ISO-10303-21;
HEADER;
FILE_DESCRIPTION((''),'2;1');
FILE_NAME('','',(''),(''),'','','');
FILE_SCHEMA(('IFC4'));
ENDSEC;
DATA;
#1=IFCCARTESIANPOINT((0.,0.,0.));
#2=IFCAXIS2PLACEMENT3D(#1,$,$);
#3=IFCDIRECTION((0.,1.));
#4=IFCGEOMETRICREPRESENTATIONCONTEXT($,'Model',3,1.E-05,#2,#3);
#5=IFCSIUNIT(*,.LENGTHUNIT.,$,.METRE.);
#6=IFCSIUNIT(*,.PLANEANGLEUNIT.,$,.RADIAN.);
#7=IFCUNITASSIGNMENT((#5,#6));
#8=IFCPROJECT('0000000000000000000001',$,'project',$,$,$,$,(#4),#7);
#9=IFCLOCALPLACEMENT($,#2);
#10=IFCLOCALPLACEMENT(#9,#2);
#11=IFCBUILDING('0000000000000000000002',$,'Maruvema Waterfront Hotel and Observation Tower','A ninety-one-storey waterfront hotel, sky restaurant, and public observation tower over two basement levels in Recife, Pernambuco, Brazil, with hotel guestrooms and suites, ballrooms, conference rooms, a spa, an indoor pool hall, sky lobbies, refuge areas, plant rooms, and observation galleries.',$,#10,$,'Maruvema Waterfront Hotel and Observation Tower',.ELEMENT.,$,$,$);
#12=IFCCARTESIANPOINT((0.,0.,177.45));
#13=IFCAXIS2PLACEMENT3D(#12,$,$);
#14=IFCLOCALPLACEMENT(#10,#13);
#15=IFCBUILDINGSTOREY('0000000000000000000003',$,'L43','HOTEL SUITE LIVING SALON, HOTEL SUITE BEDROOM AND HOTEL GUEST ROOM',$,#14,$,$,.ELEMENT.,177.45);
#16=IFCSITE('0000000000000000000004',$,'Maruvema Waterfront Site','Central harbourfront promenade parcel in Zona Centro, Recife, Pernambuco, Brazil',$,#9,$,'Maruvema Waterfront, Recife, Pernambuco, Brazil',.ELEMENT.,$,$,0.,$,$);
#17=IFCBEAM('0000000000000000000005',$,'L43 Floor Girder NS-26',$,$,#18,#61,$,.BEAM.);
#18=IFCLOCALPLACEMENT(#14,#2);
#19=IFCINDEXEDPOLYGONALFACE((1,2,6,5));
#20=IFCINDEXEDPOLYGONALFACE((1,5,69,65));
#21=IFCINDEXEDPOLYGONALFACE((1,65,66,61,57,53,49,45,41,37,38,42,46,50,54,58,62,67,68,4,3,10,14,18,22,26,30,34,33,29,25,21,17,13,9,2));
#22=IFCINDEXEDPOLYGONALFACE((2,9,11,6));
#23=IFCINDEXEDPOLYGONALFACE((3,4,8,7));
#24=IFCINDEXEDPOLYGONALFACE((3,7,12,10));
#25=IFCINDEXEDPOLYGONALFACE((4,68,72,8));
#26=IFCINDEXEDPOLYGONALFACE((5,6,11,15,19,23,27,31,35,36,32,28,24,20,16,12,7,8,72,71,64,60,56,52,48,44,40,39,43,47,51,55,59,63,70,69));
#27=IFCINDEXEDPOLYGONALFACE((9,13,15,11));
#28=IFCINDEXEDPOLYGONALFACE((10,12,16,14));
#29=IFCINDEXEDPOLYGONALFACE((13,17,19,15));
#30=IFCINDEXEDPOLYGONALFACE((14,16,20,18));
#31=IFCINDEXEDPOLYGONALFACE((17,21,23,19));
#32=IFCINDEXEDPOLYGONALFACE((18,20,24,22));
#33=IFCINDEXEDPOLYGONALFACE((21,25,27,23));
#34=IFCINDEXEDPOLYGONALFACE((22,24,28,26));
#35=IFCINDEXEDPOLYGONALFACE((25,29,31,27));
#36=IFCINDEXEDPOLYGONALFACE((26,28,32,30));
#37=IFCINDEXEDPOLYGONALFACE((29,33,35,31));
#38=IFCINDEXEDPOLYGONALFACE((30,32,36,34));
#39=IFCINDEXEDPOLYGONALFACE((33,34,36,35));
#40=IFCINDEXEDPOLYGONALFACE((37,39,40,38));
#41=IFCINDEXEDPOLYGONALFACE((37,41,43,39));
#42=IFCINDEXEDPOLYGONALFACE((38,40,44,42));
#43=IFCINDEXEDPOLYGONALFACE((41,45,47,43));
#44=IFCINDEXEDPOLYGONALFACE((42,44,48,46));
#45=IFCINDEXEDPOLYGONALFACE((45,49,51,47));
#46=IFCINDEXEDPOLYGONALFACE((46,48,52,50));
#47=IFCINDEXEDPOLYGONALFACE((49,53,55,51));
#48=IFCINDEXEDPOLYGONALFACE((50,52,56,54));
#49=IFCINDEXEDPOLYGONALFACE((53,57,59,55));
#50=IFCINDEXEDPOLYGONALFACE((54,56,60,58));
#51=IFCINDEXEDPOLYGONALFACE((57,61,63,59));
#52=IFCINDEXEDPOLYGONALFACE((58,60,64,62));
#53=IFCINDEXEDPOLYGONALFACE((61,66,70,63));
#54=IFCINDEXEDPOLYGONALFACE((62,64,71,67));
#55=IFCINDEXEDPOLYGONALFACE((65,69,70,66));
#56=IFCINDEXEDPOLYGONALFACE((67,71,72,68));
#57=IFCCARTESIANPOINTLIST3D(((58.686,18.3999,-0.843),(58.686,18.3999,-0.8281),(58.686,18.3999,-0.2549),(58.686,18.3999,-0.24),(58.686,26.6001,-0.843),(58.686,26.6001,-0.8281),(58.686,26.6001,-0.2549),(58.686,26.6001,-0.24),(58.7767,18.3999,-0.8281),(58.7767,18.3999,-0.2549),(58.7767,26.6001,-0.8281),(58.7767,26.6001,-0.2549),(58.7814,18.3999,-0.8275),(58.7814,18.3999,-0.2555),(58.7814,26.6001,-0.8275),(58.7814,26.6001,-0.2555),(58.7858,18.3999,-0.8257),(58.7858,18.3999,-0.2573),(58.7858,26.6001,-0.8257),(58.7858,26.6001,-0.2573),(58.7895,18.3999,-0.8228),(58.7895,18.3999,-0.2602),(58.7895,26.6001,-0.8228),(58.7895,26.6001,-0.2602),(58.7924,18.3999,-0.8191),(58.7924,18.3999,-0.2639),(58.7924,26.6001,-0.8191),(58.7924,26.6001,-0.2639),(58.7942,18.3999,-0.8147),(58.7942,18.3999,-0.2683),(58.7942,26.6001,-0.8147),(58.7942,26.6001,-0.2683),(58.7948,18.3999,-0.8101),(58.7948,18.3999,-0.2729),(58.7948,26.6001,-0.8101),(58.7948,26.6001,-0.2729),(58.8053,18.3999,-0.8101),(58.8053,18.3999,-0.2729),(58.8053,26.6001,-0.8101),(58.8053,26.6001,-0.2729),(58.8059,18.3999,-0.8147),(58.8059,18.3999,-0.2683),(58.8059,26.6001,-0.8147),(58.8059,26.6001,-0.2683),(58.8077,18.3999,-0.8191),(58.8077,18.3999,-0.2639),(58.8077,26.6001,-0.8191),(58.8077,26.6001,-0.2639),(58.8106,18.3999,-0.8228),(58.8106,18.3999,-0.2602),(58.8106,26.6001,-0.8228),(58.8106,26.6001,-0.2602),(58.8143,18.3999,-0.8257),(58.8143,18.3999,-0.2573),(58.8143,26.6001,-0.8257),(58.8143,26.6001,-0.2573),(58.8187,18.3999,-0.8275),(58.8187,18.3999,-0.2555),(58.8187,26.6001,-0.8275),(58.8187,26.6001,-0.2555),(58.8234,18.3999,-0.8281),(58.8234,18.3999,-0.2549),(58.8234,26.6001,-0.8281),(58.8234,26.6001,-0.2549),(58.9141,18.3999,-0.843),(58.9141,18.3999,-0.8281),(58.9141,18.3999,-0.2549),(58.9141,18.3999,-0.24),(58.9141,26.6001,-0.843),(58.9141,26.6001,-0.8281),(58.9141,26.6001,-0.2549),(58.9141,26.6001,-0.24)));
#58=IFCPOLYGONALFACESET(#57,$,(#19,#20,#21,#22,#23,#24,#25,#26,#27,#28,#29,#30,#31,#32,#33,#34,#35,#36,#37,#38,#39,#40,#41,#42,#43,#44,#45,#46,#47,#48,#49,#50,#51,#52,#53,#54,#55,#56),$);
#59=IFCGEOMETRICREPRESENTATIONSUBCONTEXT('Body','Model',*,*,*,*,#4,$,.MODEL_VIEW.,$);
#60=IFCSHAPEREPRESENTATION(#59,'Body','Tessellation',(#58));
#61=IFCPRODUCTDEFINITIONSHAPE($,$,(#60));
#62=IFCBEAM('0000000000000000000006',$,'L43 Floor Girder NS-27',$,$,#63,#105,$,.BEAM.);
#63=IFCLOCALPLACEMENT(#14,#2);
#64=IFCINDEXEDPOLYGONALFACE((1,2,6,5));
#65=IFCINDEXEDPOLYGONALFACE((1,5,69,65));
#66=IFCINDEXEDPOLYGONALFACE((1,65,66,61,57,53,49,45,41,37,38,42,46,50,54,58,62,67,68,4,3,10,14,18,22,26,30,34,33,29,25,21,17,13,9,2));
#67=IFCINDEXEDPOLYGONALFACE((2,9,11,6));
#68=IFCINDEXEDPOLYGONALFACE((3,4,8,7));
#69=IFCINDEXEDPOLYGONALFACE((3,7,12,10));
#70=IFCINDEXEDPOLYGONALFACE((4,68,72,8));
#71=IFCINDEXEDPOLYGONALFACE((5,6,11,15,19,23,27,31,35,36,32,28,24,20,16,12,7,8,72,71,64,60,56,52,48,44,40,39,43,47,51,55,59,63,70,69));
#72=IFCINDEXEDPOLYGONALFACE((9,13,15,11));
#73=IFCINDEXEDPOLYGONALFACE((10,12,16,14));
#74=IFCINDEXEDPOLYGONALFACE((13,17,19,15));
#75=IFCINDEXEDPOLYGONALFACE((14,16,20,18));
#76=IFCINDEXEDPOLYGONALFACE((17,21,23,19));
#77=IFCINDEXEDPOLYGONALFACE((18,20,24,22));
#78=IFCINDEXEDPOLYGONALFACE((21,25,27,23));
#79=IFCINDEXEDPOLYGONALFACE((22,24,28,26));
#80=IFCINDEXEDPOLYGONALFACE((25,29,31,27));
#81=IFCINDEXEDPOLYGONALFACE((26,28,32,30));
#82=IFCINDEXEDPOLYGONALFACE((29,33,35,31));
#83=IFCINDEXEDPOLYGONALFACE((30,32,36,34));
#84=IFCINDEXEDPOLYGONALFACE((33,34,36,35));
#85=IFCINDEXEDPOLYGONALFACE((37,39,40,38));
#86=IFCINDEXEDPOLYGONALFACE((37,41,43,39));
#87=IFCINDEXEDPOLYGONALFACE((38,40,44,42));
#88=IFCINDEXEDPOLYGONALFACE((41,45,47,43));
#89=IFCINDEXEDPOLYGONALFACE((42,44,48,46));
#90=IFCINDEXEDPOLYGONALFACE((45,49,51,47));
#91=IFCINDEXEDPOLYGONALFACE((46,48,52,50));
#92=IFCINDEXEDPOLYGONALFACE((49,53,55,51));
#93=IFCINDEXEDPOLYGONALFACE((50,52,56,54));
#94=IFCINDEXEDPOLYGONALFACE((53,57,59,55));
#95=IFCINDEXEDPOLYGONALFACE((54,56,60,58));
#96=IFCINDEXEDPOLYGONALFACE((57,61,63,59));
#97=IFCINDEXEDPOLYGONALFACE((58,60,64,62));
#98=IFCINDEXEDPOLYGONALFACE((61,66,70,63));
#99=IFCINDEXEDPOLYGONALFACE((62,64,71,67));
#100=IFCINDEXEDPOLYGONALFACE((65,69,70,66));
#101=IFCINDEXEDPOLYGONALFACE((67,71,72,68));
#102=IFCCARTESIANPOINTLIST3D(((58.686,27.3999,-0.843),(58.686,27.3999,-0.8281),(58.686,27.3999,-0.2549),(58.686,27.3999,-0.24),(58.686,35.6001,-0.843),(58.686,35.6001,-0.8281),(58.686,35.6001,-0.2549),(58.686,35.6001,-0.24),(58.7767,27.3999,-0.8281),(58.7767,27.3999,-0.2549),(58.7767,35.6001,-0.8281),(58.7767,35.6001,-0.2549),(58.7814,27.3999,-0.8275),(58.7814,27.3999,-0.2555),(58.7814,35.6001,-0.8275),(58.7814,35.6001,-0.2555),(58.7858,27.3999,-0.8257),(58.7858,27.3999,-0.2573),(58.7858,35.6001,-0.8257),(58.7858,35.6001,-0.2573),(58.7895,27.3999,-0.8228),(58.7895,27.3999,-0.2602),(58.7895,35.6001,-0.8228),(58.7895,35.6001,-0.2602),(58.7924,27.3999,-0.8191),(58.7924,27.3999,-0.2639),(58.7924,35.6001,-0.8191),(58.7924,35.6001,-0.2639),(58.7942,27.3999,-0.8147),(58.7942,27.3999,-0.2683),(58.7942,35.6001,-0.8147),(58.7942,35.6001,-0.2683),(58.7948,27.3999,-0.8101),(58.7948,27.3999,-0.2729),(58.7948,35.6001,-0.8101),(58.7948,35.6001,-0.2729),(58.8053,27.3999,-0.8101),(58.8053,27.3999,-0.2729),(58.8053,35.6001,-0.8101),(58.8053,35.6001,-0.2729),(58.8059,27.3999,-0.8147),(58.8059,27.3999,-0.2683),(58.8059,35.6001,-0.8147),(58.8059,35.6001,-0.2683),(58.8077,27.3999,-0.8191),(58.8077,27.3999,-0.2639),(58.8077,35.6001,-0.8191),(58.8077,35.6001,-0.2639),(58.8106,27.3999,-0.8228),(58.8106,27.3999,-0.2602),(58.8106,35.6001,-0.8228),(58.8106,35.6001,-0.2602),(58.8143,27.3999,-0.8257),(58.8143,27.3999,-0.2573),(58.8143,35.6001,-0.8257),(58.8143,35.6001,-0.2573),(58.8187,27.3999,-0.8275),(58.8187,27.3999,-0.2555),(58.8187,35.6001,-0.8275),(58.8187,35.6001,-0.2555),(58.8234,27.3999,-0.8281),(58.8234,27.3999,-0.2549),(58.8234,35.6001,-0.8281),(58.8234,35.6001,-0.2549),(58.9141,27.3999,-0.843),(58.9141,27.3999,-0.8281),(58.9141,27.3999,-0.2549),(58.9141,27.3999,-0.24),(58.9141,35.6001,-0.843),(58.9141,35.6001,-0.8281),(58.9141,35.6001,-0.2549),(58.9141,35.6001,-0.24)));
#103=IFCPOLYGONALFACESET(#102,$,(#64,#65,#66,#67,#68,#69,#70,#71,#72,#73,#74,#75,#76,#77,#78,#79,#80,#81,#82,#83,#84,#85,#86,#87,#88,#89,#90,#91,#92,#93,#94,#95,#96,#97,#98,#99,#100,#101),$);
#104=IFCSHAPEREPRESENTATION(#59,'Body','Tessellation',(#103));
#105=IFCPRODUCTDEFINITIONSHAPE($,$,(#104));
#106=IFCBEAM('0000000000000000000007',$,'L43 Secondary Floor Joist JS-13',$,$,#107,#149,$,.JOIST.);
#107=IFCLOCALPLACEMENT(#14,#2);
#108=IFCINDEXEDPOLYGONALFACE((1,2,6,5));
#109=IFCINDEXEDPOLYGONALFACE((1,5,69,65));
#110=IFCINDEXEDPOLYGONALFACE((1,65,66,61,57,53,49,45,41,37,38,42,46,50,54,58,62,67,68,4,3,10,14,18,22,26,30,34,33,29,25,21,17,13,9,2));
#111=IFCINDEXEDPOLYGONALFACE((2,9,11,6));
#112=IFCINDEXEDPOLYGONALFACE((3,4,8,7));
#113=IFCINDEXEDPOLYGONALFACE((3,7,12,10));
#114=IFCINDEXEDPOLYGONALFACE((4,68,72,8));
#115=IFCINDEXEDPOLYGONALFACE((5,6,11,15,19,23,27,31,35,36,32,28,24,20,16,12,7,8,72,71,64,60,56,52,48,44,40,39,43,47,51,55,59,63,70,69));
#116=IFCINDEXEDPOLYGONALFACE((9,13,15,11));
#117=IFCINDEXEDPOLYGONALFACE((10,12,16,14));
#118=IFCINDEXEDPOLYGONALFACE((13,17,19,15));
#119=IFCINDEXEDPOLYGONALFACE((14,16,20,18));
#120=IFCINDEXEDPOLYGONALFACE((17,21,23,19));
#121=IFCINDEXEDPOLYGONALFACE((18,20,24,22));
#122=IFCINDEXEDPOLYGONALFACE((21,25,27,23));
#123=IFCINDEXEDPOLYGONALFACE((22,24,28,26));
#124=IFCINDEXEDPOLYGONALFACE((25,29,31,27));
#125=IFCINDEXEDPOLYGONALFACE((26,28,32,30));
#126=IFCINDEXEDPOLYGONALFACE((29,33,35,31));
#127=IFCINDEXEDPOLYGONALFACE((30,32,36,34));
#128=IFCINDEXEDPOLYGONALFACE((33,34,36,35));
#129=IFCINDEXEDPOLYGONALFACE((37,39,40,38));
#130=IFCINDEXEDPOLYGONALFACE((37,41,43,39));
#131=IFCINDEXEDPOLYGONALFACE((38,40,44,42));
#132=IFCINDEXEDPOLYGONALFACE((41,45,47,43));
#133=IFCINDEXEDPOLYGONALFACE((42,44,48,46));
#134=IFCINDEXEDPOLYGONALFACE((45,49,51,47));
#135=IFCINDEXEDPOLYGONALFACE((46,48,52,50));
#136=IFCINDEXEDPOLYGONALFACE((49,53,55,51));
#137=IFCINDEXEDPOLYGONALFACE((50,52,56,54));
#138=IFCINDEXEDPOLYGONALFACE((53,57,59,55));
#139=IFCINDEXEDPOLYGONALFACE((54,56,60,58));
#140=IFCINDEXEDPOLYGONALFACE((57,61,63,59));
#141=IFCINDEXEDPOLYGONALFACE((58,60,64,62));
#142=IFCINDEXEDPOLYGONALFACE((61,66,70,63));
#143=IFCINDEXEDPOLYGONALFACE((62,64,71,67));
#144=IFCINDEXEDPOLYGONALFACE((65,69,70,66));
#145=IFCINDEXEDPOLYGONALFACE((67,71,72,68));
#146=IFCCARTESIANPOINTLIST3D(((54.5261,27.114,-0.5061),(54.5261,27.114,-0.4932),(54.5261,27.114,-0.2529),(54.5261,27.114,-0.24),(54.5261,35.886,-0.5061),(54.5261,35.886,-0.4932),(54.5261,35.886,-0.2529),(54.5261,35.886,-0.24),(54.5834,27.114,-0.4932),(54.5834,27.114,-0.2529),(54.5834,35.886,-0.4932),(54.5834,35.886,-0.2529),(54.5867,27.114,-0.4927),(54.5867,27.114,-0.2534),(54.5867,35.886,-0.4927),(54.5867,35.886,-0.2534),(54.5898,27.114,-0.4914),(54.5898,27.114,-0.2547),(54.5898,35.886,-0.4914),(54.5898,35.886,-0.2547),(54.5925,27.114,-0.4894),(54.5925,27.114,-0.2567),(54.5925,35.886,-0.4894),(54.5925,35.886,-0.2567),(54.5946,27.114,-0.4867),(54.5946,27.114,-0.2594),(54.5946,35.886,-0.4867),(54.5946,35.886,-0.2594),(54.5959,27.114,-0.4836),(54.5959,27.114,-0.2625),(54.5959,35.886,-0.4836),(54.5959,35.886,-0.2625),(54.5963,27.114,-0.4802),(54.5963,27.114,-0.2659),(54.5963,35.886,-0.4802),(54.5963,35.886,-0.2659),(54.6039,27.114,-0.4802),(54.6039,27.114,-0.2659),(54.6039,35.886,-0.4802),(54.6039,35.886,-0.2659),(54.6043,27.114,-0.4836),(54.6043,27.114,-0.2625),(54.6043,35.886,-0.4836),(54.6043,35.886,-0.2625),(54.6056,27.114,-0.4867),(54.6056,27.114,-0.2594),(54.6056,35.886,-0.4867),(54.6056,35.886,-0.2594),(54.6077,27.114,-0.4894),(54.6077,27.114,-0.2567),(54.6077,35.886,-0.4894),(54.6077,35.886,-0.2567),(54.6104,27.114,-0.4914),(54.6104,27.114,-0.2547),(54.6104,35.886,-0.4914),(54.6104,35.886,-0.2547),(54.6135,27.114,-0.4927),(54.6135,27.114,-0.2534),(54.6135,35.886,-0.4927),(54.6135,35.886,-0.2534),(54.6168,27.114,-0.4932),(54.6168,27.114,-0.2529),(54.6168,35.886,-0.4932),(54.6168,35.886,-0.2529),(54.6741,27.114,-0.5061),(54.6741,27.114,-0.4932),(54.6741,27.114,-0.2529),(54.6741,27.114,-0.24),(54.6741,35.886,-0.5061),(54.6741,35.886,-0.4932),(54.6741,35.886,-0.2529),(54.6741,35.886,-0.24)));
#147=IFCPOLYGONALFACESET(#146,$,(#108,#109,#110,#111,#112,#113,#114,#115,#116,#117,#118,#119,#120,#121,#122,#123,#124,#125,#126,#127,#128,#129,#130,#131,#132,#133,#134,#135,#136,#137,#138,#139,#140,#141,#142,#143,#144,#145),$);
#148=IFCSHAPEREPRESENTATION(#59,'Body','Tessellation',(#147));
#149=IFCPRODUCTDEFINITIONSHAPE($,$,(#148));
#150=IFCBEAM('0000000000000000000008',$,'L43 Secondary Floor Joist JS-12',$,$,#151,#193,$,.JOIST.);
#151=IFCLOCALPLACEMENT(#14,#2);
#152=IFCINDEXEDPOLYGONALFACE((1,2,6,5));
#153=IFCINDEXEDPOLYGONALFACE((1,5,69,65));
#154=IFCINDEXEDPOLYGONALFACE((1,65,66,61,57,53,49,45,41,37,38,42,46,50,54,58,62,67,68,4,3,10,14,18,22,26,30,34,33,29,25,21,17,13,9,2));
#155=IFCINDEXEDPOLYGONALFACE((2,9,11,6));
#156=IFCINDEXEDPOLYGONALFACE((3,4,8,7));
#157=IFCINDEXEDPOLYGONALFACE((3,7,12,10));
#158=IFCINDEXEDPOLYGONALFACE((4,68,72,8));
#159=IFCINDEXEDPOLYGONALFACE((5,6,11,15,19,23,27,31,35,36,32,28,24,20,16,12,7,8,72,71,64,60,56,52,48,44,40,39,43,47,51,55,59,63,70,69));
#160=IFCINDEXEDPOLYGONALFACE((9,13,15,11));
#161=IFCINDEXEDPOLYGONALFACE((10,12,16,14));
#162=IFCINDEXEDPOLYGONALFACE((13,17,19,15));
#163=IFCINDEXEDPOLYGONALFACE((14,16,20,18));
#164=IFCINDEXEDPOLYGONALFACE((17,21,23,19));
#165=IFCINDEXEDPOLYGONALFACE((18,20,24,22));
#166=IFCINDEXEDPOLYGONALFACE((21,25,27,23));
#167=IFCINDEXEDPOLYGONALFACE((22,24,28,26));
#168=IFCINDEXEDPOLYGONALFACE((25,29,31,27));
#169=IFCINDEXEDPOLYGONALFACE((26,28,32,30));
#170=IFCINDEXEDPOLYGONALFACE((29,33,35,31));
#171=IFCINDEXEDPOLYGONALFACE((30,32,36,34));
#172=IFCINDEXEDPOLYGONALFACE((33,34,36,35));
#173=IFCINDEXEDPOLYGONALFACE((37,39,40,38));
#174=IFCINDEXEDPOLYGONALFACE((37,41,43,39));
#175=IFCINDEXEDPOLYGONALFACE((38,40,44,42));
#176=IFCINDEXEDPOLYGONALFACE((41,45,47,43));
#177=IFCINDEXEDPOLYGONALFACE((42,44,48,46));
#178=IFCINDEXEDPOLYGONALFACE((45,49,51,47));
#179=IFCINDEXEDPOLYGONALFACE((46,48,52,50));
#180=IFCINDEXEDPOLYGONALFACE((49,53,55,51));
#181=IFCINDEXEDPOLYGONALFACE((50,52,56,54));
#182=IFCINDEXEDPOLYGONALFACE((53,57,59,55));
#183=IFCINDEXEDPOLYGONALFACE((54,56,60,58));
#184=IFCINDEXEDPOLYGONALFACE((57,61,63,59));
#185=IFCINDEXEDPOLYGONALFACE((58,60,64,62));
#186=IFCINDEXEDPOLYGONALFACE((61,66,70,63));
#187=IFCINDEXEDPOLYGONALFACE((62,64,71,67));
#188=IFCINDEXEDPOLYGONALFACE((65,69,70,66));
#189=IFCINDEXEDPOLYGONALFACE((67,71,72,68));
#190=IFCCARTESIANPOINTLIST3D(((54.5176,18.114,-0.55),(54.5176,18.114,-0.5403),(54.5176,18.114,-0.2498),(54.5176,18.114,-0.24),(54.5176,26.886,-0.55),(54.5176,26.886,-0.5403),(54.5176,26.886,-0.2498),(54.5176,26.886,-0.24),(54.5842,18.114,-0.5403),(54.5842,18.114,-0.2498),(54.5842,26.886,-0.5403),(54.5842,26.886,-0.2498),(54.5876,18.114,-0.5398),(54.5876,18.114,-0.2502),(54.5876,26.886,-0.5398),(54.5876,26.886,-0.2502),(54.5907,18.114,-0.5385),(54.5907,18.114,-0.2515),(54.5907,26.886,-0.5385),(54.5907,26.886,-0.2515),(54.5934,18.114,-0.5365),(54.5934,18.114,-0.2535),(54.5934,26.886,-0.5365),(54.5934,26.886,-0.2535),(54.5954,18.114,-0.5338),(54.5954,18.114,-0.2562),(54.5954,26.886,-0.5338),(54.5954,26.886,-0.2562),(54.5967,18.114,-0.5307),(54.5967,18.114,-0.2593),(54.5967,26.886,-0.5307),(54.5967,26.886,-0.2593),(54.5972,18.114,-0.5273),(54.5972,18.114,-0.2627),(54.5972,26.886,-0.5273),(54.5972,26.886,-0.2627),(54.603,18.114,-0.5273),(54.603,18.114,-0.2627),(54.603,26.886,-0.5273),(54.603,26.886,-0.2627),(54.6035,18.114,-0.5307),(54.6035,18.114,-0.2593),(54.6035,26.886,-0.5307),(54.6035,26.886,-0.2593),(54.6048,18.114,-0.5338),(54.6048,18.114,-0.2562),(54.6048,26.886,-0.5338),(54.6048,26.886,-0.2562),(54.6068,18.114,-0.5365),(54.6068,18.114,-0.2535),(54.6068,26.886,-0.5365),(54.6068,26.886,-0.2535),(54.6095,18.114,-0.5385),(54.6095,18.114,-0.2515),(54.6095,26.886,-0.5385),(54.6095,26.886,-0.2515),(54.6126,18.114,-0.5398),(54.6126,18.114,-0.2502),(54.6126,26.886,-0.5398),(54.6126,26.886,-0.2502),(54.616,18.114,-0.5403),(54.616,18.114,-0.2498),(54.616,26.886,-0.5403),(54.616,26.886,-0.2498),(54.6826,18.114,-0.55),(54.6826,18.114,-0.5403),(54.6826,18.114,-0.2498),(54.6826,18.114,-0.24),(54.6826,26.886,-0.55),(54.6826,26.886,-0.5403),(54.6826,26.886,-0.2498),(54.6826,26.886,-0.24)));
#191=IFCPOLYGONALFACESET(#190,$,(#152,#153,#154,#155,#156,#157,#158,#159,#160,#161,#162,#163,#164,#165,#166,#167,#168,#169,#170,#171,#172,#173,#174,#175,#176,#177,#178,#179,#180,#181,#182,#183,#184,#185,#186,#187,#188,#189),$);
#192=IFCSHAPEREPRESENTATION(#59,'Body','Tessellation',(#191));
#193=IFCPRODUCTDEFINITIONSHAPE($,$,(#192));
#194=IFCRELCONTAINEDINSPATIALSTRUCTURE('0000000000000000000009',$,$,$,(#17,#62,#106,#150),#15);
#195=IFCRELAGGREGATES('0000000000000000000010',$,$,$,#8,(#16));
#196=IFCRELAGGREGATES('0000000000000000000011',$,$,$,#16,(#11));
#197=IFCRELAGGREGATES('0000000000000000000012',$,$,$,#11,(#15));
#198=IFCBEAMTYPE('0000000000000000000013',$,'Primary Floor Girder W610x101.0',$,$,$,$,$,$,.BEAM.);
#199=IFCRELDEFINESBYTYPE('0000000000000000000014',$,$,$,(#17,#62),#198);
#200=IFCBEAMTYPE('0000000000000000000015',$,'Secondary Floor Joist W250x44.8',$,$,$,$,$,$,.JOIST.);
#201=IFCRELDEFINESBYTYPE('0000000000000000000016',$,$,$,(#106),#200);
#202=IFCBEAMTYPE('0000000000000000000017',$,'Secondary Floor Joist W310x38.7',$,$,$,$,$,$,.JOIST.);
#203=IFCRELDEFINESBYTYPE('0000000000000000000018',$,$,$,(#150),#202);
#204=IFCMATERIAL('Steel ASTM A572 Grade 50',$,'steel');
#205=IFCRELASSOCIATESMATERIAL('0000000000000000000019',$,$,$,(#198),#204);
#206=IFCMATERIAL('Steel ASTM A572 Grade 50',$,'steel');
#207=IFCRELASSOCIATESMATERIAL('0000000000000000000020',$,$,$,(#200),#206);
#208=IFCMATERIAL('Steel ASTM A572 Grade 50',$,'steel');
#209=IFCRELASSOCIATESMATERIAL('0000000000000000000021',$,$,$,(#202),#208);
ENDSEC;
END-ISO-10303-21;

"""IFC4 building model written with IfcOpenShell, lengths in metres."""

from ifc_helpers import new_model, si_unit, direction, frame, origin, origin_2d, place, context, subcontext, project, spatial, i_section, extrude, material, material_profile, profile_set, type_object, element, save


model = new_model("IFC4")

# Units and contexts
model_context = context("Model", 3, precision=1e-05, world=origin(), true_north=direction((0.0, 1.0)))
body_context = subcontext(model_context, "Body", "Model", "MODEL_VIEW")
ifc_project = project(units=[si_unit("LENGTHUNIT", "METRE"), si_unit("PLANEANGLEUNIT", "RADIAN")], contexts=[model_context])

# Site, building, storey
site_placement = place(None, origin())
site = spatial("IfcSite", under=ifc_project, at=site_placement, Name="Maruvema Waterfront Site", Description="Central harbourfront promenade parcel in Zona Centro, Recife, Pernambuco, Brazil", LongName="Maruvema Waterfront, Recife, Pernambuco, Brazil", CompositionType="ELEMENT", RefElevation=0.0)
building_placement = place(site_placement, origin())
building = spatial("IfcBuilding", under=site, at=building_placement, Name="Maruvema Waterfront Hotel and Observation Tower", Description="A ninety-one-storey waterfront hotel, sky restaurant, and public observation tower over two basement levels in Recife, Pernambuco, Brazil, with hotel guestrooms and suites, ballrooms, conference rooms, a spa, an indoor pool hall, sky lobbies, refuge areas, plant rooms, and observation galleries.", LongName="Maruvema Waterfront Hotel and Observation Tower", CompositionType="ELEMENT")
storey_placement = place(building_placement, frame((0.0, 0.0, 177.45)))
storey = spatial("IfcBuildingStorey", under=building, at=storey_placement, Name="L43", Description="HOTEL SUITE LIVING SALON, HOTEL SUITE BEDROOM AND HOTEL GUEST ROOM", CompositionType="ELEMENT", Elevation=177.45)

# Beams
ifc_material_1 = material(Name="Steel ASTM A572 Grade 50", Category="steel")
ifc_material_profile_1 = material_profile(ifc_material_1, i_section(OverallWidth=0.228, OverallDepth=0.603, WebThickness=0.0105, FlangeThickness=0.0149, FilletRadius=0.0181, at=origin_2d()), Name="W610x101.0")
ifc_profile_set_1 = profile_set([ifc_material_profile_1], Name="Steel ASTM A572 Grade 50")
beam_type_1 = type_object("IfcBeamType", Name="Primary Floor Girder W610x101.0", PredefinedType="BEAM", material=ifc_profile_set_1)
for number, where, z_axis, x_axis, name in (
    (1, (58.8, 18.3999, -0.5415), (0.0, 1.0, 0.0), (-1.0, 0.0, 0.0), "L43 Floor Girder NS-26"),
    (2, (58.8, 27.3999, -0.5415), (0.0, 1.0, 0.0), (-1.0, 0.0, 0.0), "L43 Floor Girder NS-27"),
):
    element("IfcBeam", number, at=place(storey_placement, frame(where, z_axis=z_axis, x_axis=x_axis)), inside=storey, type_object=beam_type_1, Name=name, PredefinedType="BEAM", context=body_context, shape_type="SweptSolid", body=[
        extrude(i_section(OverallWidth=0.228, OverallDepth=0.603, WebThickness=0.0105, FlangeThickness=0.0149, FilletRadius=0.0181, at=origin_2d()), origin(), (0.0, 0.0, 1.0), 8.2002),
    ])
ifc_material_2 = material(Name="Steel ASTM A572 Grade 50", Category="steel")
ifc_material_profile_2 = material_profile(ifc_material_2, i_section(OverallWidth=0.1479, OverallDepth=0.2661, WebThickness=0.0076, FlangeThickness=0.0129, FilletRadius=0.0129, at=origin_2d()), Name="W250x44.8")
ifc_profile_set_2 = profile_set([ifc_material_profile_2], Name="Steel ASTM A572 Grade 50")
beam_type_2 = type_object("IfcBeamType", Name="Secondary Floor Joist W250x44.8", PredefinedType="JOIST", material=ifc_profile_set_2)
beam_1_placement = place(storey_placement, frame((54.6001, 27.114, -0.373), z_axis=(0.0, 1.0, 0.0), x_axis=(-1.0, 0.0, 0.0)))
element("IfcBeam", 3, at=beam_1_placement, inside=storey, type_object=beam_type_2, Name="L43 Secondary Floor Joist JS-13", PredefinedType="JOIST", context=body_context, shape_type="SweptSolid", body=[
    extrude(i_section(OverallWidth=0.1479, OverallDepth=0.2661, WebThickness=0.0076, FlangeThickness=0.0129, FilletRadius=0.0129, at=origin_2d()), origin(), (0.0, 0.0, 1.0), 8.772),
])
ifc_material_3 = material(Name="Steel ASTM A572 Grade 50", Category="steel")
ifc_material_profile_3 = material_profile(ifc_material_3, i_section(OverallWidth=0.165, OverallDepth=0.3101, WebThickness=0.0059, FlangeThickness=0.0098, FilletRadius=0.0129, at=origin_2d()), Name="W310x38.7")
ifc_profile_set_3 = profile_set([ifc_material_profile_3], Name="Steel ASTM A572 Grade 50")
beam_type_3 = type_object("IfcBeamType", Name="Secondary Floor Joist W310x38.7", PredefinedType="JOIST", material=ifc_profile_set_3)
beam_2_placement = place(storey_placement, frame((54.6001, 18.114, -0.395), z_axis=(0.0, 1.0, 0.0), x_axis=(-1.0, 0.0, 0.0)))
element("IfcBeam", 4, at=beam_2_placement, inside=storey, type_object=beam_type_3, Name="L43 Secondary Floor Joist JS-12", PredefinedType="JOIST", context=body_context, shape_type="SweptSolid", body=[
    extrude(i_section(OverallWidth=0.165, OverallDepth=0.3101, WebThickness=0.0059, FlangeThickness=0.0098, FilletRadius=0.0129, at=origin_2d()), origin(), (0.0, 0.0, 1.0), 8.772),
])

save(model, "model.ifc")
